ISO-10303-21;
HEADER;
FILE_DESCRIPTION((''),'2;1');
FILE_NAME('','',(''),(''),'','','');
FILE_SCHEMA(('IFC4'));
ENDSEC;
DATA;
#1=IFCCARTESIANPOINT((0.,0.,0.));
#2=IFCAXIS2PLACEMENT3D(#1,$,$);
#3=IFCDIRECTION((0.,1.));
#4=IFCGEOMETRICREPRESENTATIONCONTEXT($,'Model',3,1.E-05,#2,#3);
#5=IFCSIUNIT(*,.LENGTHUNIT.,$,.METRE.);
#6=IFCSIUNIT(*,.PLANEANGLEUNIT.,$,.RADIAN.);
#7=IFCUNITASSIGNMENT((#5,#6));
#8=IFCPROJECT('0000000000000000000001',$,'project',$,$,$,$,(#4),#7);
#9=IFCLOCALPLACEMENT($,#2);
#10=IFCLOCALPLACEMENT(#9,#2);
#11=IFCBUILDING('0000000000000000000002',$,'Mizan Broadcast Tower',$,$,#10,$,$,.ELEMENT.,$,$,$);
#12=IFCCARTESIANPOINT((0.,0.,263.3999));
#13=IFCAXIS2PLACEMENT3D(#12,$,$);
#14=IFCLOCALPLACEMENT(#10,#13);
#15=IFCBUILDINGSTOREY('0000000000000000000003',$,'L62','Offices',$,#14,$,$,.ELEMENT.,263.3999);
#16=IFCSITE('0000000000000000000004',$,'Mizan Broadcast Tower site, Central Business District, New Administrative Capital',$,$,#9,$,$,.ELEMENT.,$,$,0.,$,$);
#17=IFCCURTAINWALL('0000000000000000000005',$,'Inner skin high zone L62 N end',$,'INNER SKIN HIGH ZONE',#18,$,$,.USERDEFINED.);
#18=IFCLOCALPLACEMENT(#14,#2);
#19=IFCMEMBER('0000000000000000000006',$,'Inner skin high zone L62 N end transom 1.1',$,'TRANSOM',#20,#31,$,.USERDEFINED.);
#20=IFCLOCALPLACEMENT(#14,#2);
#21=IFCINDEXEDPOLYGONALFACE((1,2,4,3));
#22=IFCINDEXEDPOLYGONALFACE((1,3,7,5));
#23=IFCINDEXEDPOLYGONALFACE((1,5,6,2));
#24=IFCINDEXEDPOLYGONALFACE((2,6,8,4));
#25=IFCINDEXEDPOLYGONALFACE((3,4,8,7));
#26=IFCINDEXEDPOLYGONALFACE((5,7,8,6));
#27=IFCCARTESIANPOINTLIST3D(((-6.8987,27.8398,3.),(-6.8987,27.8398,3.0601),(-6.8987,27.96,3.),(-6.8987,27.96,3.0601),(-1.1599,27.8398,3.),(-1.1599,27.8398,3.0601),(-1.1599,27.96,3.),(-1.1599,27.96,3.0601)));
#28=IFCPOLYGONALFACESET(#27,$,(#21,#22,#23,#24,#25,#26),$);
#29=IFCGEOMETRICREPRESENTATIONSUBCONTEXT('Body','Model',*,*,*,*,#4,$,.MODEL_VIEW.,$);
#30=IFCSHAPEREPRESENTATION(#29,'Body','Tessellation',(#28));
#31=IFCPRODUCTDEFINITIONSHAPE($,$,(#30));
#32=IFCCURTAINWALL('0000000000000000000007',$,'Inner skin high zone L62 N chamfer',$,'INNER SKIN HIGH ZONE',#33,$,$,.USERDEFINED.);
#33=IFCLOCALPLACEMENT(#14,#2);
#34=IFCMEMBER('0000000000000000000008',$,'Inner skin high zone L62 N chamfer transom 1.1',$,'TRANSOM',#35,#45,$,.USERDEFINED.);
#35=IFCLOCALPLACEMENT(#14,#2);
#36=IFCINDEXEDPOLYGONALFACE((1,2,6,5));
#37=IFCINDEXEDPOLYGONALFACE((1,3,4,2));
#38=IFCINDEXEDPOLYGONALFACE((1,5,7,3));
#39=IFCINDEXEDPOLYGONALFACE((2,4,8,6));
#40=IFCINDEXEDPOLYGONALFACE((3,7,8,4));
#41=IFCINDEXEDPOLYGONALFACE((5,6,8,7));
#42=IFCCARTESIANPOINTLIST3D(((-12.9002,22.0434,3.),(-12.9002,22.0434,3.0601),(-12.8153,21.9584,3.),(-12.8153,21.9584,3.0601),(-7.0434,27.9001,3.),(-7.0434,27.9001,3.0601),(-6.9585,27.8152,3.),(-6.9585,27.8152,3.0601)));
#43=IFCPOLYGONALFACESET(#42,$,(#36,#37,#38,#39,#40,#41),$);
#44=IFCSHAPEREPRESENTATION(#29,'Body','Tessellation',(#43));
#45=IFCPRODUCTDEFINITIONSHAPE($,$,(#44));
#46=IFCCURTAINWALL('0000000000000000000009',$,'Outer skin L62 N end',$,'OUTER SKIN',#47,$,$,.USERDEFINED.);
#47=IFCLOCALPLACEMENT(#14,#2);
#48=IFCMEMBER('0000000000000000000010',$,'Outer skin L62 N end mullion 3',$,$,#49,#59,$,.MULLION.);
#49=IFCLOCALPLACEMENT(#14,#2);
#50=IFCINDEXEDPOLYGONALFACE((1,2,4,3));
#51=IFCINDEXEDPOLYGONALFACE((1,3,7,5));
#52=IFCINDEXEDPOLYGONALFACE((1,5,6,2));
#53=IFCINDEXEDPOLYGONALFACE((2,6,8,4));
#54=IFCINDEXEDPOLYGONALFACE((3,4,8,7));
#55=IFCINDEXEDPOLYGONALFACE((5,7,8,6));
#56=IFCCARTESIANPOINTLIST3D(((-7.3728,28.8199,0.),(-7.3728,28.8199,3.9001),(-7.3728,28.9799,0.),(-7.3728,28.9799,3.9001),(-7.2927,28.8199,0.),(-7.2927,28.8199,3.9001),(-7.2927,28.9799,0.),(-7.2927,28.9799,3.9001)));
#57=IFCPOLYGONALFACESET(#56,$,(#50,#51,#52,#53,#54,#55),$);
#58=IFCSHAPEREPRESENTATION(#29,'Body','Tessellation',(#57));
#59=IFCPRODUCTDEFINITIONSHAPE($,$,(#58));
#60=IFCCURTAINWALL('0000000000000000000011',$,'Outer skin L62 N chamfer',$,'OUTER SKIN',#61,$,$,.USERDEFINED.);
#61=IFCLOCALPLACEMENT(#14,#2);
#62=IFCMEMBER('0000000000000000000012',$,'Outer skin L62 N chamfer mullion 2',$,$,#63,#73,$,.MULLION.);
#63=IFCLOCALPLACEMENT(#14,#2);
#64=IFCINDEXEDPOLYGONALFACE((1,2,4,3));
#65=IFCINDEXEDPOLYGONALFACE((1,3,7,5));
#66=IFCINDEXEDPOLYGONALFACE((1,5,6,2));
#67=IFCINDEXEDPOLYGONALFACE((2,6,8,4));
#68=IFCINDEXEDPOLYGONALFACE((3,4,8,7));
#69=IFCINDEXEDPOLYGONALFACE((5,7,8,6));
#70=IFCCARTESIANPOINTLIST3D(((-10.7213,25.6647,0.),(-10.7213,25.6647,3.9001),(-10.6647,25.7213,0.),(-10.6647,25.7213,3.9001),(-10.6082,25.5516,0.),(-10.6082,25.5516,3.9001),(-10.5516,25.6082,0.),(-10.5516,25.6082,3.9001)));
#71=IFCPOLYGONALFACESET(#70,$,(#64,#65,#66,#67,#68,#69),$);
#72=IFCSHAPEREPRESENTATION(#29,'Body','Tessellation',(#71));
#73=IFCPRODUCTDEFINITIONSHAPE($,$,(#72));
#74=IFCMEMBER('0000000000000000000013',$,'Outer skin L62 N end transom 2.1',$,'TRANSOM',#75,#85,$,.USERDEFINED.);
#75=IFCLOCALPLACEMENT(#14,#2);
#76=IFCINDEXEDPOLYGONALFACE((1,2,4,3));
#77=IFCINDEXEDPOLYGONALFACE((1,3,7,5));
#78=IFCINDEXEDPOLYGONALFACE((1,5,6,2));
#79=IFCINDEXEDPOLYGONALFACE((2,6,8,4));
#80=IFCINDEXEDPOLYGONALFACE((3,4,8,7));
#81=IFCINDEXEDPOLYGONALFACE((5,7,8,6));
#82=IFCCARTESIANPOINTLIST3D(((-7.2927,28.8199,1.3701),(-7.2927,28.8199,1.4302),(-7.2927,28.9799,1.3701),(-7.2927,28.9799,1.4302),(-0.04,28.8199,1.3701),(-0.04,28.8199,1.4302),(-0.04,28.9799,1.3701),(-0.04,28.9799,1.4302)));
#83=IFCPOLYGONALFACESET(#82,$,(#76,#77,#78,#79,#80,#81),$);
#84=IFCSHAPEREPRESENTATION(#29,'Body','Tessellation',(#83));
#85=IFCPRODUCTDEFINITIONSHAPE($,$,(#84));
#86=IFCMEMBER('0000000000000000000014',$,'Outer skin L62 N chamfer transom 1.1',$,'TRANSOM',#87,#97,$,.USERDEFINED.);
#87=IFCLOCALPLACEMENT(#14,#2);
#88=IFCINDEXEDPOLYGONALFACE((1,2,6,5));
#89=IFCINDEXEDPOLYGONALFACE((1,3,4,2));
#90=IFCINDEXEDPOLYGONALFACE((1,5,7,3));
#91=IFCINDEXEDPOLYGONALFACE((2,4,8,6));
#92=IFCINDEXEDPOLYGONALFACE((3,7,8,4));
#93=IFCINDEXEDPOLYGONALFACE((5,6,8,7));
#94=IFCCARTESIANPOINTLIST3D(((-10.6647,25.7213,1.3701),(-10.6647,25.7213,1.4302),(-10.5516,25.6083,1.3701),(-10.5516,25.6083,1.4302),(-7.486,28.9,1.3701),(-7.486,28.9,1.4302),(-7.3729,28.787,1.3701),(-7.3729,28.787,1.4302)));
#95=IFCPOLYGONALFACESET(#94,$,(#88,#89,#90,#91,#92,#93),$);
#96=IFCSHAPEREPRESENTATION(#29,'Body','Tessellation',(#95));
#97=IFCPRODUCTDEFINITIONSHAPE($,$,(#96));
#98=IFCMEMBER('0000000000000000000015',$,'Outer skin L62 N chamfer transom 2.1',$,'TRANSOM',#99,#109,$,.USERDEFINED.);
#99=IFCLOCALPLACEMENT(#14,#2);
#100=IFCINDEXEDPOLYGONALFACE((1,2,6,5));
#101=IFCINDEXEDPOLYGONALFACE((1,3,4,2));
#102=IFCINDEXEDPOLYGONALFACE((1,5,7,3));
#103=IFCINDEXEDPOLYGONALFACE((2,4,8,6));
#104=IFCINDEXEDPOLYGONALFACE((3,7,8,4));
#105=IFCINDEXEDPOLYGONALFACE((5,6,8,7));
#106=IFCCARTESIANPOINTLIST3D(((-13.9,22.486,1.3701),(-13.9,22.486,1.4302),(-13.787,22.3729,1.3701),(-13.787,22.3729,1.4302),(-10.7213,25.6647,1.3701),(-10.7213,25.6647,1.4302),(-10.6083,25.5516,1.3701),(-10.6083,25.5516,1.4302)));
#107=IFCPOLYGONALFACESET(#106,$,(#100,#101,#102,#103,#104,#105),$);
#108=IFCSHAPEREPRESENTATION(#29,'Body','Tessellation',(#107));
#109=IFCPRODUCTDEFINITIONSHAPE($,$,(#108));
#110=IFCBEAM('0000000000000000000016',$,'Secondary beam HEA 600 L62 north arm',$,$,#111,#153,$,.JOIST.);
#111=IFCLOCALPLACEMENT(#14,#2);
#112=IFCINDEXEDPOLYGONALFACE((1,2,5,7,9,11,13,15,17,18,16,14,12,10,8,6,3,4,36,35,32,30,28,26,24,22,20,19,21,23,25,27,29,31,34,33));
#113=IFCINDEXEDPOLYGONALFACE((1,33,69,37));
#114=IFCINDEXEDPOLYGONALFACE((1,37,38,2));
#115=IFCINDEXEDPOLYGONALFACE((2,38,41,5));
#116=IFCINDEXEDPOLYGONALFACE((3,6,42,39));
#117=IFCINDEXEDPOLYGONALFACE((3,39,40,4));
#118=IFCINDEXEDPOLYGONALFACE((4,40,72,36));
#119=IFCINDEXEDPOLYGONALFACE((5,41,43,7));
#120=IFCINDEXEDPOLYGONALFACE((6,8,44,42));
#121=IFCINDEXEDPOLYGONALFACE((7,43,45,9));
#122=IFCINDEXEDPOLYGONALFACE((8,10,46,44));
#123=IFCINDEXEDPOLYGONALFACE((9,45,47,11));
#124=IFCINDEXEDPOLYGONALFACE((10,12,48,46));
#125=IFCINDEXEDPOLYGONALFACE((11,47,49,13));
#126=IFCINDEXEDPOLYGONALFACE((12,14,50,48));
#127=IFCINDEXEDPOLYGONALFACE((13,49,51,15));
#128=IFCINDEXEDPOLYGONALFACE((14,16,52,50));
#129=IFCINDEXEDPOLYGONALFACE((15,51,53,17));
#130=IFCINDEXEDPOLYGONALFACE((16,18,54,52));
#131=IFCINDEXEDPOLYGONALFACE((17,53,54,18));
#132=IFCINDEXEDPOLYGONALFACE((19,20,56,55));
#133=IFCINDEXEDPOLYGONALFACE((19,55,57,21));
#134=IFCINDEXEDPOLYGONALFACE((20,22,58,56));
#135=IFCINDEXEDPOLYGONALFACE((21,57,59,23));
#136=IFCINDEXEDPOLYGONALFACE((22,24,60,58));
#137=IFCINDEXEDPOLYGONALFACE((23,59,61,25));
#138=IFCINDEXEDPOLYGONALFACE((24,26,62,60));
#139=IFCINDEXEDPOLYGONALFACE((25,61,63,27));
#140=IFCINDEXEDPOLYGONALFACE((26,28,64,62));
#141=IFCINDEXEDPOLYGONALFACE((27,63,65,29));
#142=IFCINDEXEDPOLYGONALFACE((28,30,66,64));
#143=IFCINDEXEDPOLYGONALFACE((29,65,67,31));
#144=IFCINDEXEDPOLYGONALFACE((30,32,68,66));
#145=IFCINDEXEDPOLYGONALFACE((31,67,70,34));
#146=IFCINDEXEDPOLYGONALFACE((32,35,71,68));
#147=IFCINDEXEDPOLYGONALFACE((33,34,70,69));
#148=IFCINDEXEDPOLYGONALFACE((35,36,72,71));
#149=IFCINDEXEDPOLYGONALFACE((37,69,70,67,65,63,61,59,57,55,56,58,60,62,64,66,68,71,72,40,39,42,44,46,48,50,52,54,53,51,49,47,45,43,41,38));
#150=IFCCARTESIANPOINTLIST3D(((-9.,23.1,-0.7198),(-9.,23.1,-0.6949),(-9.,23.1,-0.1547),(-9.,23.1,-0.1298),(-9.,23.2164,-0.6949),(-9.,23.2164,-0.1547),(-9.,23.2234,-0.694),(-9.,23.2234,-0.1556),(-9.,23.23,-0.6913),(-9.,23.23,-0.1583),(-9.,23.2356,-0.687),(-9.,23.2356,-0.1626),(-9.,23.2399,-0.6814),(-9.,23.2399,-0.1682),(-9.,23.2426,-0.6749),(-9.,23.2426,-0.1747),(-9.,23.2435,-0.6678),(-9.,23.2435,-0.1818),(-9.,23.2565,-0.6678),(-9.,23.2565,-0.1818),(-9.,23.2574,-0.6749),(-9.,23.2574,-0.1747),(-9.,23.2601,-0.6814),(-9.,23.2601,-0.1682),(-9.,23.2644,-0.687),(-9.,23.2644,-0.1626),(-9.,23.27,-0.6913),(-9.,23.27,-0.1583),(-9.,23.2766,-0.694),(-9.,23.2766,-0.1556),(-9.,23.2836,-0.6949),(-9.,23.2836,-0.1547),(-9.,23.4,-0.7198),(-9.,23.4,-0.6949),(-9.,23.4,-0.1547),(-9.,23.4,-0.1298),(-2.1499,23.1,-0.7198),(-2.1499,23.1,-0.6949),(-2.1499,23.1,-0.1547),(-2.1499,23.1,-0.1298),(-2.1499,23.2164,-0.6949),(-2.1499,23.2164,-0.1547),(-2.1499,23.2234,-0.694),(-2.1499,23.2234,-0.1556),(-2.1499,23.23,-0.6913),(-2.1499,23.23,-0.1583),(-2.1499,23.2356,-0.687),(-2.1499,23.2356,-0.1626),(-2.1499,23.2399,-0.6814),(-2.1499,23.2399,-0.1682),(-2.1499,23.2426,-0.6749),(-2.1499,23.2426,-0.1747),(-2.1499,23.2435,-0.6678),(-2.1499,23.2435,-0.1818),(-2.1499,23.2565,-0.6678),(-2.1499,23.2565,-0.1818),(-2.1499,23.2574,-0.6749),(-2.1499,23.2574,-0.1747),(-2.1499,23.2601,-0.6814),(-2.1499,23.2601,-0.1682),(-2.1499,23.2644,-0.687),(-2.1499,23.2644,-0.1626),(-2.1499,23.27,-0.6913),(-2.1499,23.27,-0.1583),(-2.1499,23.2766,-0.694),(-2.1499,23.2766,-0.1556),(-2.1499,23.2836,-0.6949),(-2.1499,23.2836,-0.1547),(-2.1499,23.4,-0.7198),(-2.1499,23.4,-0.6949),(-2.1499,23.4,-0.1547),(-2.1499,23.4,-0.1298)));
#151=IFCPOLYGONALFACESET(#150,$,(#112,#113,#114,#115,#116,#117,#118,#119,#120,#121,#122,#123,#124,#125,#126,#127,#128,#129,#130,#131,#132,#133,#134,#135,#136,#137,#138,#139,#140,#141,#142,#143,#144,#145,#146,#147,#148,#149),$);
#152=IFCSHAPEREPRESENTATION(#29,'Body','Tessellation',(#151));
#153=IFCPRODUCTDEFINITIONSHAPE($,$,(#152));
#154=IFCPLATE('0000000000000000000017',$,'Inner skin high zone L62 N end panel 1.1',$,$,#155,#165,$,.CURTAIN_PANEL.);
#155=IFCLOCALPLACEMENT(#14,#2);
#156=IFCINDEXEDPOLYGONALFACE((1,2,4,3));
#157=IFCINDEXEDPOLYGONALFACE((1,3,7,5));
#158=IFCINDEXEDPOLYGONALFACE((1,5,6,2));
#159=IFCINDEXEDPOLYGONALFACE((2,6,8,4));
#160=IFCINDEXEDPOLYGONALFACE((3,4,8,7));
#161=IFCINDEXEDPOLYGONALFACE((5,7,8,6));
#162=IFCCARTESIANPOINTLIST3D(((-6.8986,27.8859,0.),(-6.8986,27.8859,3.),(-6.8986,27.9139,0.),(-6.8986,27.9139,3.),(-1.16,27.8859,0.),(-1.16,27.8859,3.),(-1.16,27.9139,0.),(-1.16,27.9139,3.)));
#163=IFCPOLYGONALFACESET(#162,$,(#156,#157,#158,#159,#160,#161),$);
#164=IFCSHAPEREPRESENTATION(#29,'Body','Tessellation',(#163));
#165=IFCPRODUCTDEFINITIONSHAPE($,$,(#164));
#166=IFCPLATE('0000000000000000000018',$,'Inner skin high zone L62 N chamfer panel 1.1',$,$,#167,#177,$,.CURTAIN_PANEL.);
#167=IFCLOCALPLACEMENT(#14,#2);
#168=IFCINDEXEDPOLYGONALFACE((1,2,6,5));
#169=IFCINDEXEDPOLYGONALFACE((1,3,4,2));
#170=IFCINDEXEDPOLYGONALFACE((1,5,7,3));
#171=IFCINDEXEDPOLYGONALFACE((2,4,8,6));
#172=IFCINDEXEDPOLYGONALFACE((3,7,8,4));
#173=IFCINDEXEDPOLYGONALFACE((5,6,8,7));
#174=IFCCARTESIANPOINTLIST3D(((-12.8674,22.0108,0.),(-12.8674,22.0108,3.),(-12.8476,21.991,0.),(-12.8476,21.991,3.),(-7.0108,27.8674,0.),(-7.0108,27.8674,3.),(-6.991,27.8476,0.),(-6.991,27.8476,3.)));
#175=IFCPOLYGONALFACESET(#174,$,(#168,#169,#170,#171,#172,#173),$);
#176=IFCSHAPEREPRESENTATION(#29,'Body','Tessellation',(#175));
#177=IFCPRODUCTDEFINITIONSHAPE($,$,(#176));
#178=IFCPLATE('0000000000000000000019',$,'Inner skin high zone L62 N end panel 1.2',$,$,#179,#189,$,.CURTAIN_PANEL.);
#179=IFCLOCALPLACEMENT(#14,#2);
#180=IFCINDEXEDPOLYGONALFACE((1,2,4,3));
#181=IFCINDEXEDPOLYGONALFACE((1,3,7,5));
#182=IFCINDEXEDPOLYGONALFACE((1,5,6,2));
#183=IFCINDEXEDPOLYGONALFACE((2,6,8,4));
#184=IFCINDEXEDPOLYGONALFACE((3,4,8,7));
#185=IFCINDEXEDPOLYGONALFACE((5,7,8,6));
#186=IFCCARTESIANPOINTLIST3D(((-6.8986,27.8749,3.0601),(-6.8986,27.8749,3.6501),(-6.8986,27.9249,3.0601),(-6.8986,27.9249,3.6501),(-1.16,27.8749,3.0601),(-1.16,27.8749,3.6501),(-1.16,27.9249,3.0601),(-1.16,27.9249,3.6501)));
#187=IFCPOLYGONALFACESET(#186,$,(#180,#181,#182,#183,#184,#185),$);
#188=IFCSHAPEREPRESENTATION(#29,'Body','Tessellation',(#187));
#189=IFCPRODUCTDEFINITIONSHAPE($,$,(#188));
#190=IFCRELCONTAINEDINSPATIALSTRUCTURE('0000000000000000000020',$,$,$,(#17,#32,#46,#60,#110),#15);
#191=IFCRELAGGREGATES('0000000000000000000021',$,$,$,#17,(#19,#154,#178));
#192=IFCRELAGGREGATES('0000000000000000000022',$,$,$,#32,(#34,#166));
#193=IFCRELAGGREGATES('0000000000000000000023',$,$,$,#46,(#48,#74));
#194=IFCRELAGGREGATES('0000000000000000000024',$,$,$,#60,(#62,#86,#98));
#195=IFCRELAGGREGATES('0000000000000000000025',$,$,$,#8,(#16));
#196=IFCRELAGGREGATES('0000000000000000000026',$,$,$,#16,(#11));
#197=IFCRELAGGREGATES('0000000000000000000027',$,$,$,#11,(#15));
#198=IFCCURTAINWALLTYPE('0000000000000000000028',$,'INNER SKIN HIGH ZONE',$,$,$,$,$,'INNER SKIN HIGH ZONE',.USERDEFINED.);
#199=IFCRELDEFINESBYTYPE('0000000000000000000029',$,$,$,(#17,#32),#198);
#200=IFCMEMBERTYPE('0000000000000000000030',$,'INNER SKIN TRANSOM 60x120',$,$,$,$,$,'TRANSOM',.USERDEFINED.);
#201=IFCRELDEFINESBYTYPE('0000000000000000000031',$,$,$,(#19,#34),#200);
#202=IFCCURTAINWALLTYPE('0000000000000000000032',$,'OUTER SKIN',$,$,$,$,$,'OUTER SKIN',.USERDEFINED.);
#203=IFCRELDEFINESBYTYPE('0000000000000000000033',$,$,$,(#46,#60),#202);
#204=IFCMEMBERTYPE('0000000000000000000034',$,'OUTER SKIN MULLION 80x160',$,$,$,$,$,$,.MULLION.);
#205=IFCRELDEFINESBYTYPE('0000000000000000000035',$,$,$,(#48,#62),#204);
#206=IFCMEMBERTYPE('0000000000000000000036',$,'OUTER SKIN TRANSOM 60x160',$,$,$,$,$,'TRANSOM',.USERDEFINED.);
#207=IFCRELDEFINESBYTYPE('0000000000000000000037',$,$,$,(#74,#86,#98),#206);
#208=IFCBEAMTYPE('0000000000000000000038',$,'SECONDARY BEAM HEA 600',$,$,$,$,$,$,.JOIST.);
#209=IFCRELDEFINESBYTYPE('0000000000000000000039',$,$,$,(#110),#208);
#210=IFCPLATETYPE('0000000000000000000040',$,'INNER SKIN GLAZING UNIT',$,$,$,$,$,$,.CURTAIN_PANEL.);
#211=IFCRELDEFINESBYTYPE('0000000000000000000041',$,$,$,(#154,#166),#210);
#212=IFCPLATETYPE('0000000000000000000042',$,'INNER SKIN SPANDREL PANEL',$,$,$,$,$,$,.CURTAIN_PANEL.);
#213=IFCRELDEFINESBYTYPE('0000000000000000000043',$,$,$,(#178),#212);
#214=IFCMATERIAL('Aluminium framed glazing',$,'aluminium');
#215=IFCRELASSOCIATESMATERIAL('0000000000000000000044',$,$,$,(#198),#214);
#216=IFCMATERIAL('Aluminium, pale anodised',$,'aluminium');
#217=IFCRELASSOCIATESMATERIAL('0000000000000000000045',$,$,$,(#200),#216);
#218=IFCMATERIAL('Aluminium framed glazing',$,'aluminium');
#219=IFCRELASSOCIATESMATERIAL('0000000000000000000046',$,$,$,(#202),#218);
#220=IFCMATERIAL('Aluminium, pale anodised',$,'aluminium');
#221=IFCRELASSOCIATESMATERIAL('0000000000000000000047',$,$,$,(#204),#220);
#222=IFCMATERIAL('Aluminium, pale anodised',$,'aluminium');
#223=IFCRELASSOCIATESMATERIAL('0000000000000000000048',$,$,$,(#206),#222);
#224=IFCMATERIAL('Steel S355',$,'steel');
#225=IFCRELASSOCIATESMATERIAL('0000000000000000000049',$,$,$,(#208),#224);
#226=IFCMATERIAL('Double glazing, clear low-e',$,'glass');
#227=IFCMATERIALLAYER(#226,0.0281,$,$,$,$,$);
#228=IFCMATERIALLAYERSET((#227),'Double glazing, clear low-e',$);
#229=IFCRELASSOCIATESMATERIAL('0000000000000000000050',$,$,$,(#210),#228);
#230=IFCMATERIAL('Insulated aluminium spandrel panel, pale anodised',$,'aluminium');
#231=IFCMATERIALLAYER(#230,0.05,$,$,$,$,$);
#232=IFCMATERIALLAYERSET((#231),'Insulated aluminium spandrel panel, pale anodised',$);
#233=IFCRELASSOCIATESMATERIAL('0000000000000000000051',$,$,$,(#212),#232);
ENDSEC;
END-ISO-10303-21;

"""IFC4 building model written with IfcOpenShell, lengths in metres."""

from ifc_helpers import new_model, si_unit, direction, frame, origin, origin_2d, place, context, subcontext, project, spatial, rectangle, i_section, extrude, material, layer, layer_set, material_profile, profile_set, type_object, element, aggregate, save


model = new_model("IFC4")

# Units and contexts
model_context = context("Model", 3, precision=1e-05, world=origin(), true_north=direction((0.0, 1.0)))
body_context = subcontext(model_context, "Body", "Model", "MODEL_VIEW")
ifc_project = project(units=[si_unit("LENGTHUNIT", "METRE"), si_unit("PLANEANGLEUNIT", "RADIAN")], contexts=[model_context])

# Site, building, storey
site_placement = place(None, origin())
site = spatial("IfcSite", under=ifc_project, at=site_placement, Name="Mizan Broadcast Tower site, Central Business District, New Administrative Capital", CompositionType="ELEMENT", RefElevation=0.0)
building_placement = place(site_placement, origin())
building = spatial("IfcBuilding", under=site, at=building_placement, Name="Mizan Broadcast Tower", CompositionType="ELEMENT")
storey_placement = place(building_placement, frame((0.0, 0.0, 263.3999)))
storey = spatial("IfcBuildingStorey", under=building, at=storey_placement, Name="L62", Description="Offices", CompositionType="ELEMENT", Elevation=263.3999)

# Curtain wall, member
ifc_material_1 = material(Name="Aluminium framed glazing", Category="aluminium")
curtain_wall_type_1 = type_object("IfcCurtainWallType", Name="INNER SKIN HIGH ZONE", ElementType="INNER SKIN HIGH ZONE", PredefinedType="USERDEFINED", material=ifc_material_1)
curtain_wall_1_placement = place(storey_placement, origin())
curtain_wall_1 = element("IfcCurtainWall", 1, at=curtain_wall_1_placement, inside=storey, type_object=curtain_wall_type_1, Name="Inner skin high zone L62 N end", ObjectType="INNER SKIN HIGH ZONE", PredefinedType="USERDEFINED")
ifc_material_2 = material(Name="Aluminium, pale anodised", Category="aluminium")
ifc_material_profile_1 = material_profile(ifc_material_2, rectangle(XDim=0.1201, YDim=0.0601, at=origin_2d()), Name="TRANSOM 120x60")
ifc_profile_set_1 = profile_set([ifc_material_profile_1], Name="Aluminium, pale anodised")
member_type_1 = type_object("IfcMemberType", Name="INNER SKIN TRANSOM 60x120", ElementType="TRANSOM", PredefinedType="USERDEFINED", material=ifc_profile_set_1)
member_1_placement = place(storey_placement, frame((-1.1599, 27.8999, 3.03), z_axis=(-1.0, 0.0, 0.0), x_axis=(0.0, -1.0, 0.0)))
member_1 = element("IfcMember", 2, at=member_1_placement, type_object=member_type_1, Name="Inner skin high zone L62 N end transom 1.1", ObjectType="TRANSOM", PredefinedType="USERDEFINED", context=body_context, shape_type="SweptSolid", body=[
    extrude(rectangle(XDim=0.1201, YDim=0.0601, at=origin_2d()), origin(), (0.0, 0.0, 1.0), 5.7388),
])

# Curtain walls, members
curtain_wall_2_placement = place(storey_placement, origin())
curtain_wall_2 = element("IfcCurtainWall", 3, at=curtain_wall_2_placement, inside=storey, type_object=curtain_wall_type_1, Name="Inner skin high zone L62 N chamfer", ObjectType="INNER SKIN HIGH ZONE", PredefinedType="USERDEFINED")
member_2_placement = place(storey_placement, frame((-7.001, 27.8577, 3.03), z_axis=(-0.707107, -0.707107, 0.0), x_axis=(0.707107, -0.707107, 0.0)))
member_2 = element("IfcMember", 4, at=member_2_placement, type_object=member_type_1, Name="Inner skin high zone L62 N chamfer transom 1.1", ObjectType="TRANSOM", PredefinedType="USERDEFINED", context=body_context, shape_type="SweptSolid", body=[
    extrude(rectangle(XDim=0.1201, YDim=0.0601, at=origin_2d()), origin(), (0.0, 0.0, 1.0), 8.2827),
])
ifc_material_3 = material(Name="Aluminium framed glazing", Category="aluminium")
curtain_wall_type_2 = type_object("IfcCurtainWallType", Name="OUTER SKIN", ElementType="OUTER SKIN", PredefinedType="USERDEFINED", material=ifc_material_3)
curtain_wall_3_placement = place(storey_placement, origin())
curtain_wall_3 = element("IfcCurtainWall", 5, at=curtain_wall_3_placement, inside=storey, type_object=curtain_wall_type_2, Name="Outer skin L62 N end", ObjectType="OUTER SKIN", PredefinedType="USERDEFINED")
ifc_material_4 = material(Name="Aluminium, pale anodised", Category="aluminium")
ifc_material_profile_2 = material_profile(ifc_material_4, rectangle(XDim=0.1599, YDim=0.0801, at=origin_2d()), Name="MULLION 160x80")
ifc_profile_set_2 = profile_set([ifc_material_profile_2], Name="Aluminium, pale anodised")
member_type_2 = type_object("IfcMemberType", Name="OUTER SKIN MULLION 80x160", PredefinedType="MULLION", material=ifc_profile_set_2)
member_3_placement = place(storey_placement, frame((-7.3328, 28.8999, 0.0), z_axis=(0.0, 0.0, 1.0), x_axis=(0.0, -1.0, 0.0)))
member_3 = element("IfcMember", 6, at=member_3_placement, type_object=member_type_2, Name="Outer skin L62 N end mullion 3", PredefinedType="MULLION", context=body_context, shape_type="SweptSolid", body=[
    extrude(rectangle(XDim=0.1599, YDim=0.0801, at=origin_2d()), origin(), (0.0, 0.0, 1.0), 3.9001),
])
curtain_wall_4_placement = place(storey_placement, origin())
curtain_wall_4 = element("IfcCurtainWall", 7, at=curtain_wall_4_placement, inside=storey, type_object=curtain_wall_type_2, Name="Outer skin L62 N chamfer", ObjectType="OUTER SKIN", PredefinedType="USERDEFINED")
member_4_placement = place(storey_placement, frame((-10.6365, 25.6365, 0.0), z_axis=(0.0, 0.0, 1.0), x_axis=(0.707107, -0.707107, 0.0)))
member_4 = element("IfcMember", 8, at=member_4_placement, type_object=member_type_2, Name="Outer skin L62 N chamfer mullion 2", PredefinedType="MULLION", context=body_context, shape_type="SweptSolid", body=[
    extrude(rectangle(XDim=0.1599, YDim=0.0801, at=origin_2d()), origin(), (0.0, 0.0, 1.0), 3.9001),
])

# Members
ifc_material_5 = material(Name="Aluminium, pale anodised", Category="aluminium")
ifc_material_profile_3 = material_profile(ifc_material_5, rectangle(XDim=0.1599, YDim=0.0601, at=origin_2d()), Name="TRANSOM 160x60")
ifc_profile_set_3 = profile_set([ifc_material_profile_3], Name="Aluminium, pale anodised")
member_type_3 = type_object("IfcMemberType", Name="OUTER SKIN TRANSOM 60x160", ElementType="TRANSOM", PredefinedType="USERDEFINED", material=ifc_profile_set_3)
member_5_placement = place(storey_placement, frame((-0.04, 28.8999, 1.4001), z_axis=(-1.0, 0.0, 0.0), x_axis=(0.0, -1.0, 0.0)))
member_5 = element("IfcMember", 9, at=member_5_placement, type_object=member_type_3, Name="Outer skin L62 N end transom 2.1", ObjectType="TRANSOM", PredefinedType="USERDEFINED", context=body_context, shape_type="SweptSolid", body=[
    extrude(rectangle(XDim=0.1599, YDim=0.0601, at=origin_2d()), origin(), (0.0, 0.0, 1.0), 7.2527),
])
member_6_placement = place(storey_placement, frame((-7.4294, 28.8435, 1.4001), z_axis=(-0.707107, -0.707107, 0.0), x_axis=(0.707107, -0.707107, 0.0)))
member_6 = element("IfcMember", 10, at=member_6_placement, type_object=member_type_3, Name="Outer skin L62 N chamfer transom 1.1", ObjectType="TRANSOM", PredefinedType="USERDEFINED", context=body_context, shape_type="SweptSolid", body=[
    extrude(rectangle(XDim=0.1599, YDim=0.0601, at=origin_2d()), origin(), (0.0, 0.0, 1.0), 4.4954),
])
member_7_placement = place(storey_placement, frame((-10.6648, 25.6082, 1.4001), z_axis=(-0.707107, -0.707107, 0.0), x_axis=(0.707107, -0.707107, 0.0)))
member_7 = element("IfcMember", 11, at=member_7_placement, type_object=member_type_3, Name="Outer skin L62 N chamfer transom 2.1", ObjectType="TRANSOM", PredefinedType="USERDEFINED", context=body_context, shape_type="SweptSolid", body=[
    extrude(rectangle(XDim=0.1599, YDim=0.0601, at=origin_2d()), origin(), (0.0, 0.0, 1.0), 4.4954),
])

# Beam
ifc_material_6 = material(Name="Steel S355", Category="steel")
ifc_material_profile_4 = material_profile(ifc_material_6, i_section(OverallWidth=0.3, OverallDepth=0.5901, WebThickness=0.0129, FlangeThickness=0.0249, FilletRadius=0.0271, at=origin_2d()), Name="HEA 600")
ifc_profile_set_4 = profile_set([ifc_material_profile_4], Name="Steel S355")
beam_type_1 = type_object("IfcBeamType", Name="SECONDARY BEAM HEA 600", PredefinedType="JOIST", material=ifc_profile_set_4)
beam_1_placement = place(storey_placement, frame((-9.0, 23.25, -0.4248), z_axis=(1.0, 0.0, 0.0), x_axis=(0.0, 1.0, 0.0)))
element("IfcBeam", 12, at=beam_1_placement, inside=storey, type_object=beam_type_1, Name="Secondary beam HEA 600 L62 north arm", PredefinedType="JOIST", context=body_context, shape_type="SweptSolid", body=[
    extrude(i_section(OverallWidth=0.3, OverallDepth=0.5901, WebThickness=0.0129, FlangeThickness=0.0249, FilletRadius=0.0271, at=origin_2d()), origin(), (0.0, 0.0, 1.0), 6.8501),
])

# Plates
ifc_material_7 = material(Name="Double glazing, clear low-e", Category="glass")
ifc_layer_1 = layer(ifc_material_7, 0.0281)
ifc_layer_set_1 = layer_set([ifc_layer_1], Name="Double glazing, clear low-e")
plate_type_1 = type_object("IfcPlateType", Name="INNER SKIN GLAZING UNIT", PredefinedType="CURTAIN_PANEL", material=ifc_layer_set_1)
plate_1_placement = place(storey_placement, frame((-4.0293, 27.8999, 0.0), z_axis=(0.0, 0.0, 1.0), x_axis=(-1.0, 0.0, 0.0)))
plate_1 = element("IfcPlate", 13, at=plate_1_placement, type_object=plate_type_1, Name="Inner skin high zone L62 N end panel 1.1", PredefinedType="CURTAIN_PANEL", context=body_context, shape_type="SweptSolid", body=[
    extrude(rectangle(XDim=5.7385, YDim=0.0281, at=origin_2d()), origin(), (0.0, 0.0, 1.0), 3.0),
])
plate_2_placement = place(storey_placement, frame((-9.9292, 24.9292, 0.0), z_axis=(0.0, 0.0, 1.0), x_axis=(-0.707107, -0.707107, 0.0)))
plate_2 = element("IfcPlate", 14, at=plate_2_placement, type_object=plate_type_1, Name="Inner skin high zone L62 N chamfer panel 1.1", PredefinedType="CURTAIN_PANEL", context=body_context, shape_type="SweptSolid", body=[
    extrude(rectangle(XDim=8.2825, YDim=0.0281, at=origin_2d()), origin(), (0.0, 0.0, 1.0), 3.0),
])
ifc_material_8 = material(Name="Insulated aluminium spandrel panel, pale anodised", Category="aluminium")
ifc_layer_2 = layer(ifc_material_8, 0.05)
ifc_layer_set_2 = layer_set([ifc_layer_2], Name="Insulated aluminium spandrel panel, pale anodised")
plate_type_2 = type_object("IfcPlateType", Name="INNER SKIN SPANDREL PANEL", PredefinedType="CURTAIN_PANEL", material=ifc_layer_set_2)
plate_3_placement = place(storey_placement, frame((-4.0293, 27.8999, 3.0601), z_axis=(0.0, 0.0, 1.0), x_axis=(-1.0, 0.0, 0.0)))
plate_3 = element("IfcPlate", 15, at=plate_3_placement, type_object=plate_type_2, Name="Inner skin high zone L62 N end panel 1.2", PredefinedType="CURTAIN_PANEL", context=body_context, shape_type="SweptSolid", body=[
    extrude(rectangle(XDim=5.7385, YDim=0.05, at=origin_2d()), origin(), (0.0, 0.0, 1.0), 0.5901),
])
aggregate(curtain_wall_1, [member_1, plate_1, plate_3])
aggregate(curtain_wall_2, [member_2, plate_2])
aggregate(curtain_wall_3, [member_3, member_5])
aggregate(curtain_wall_4, [member_4, member_6, member_7])

save(model, "model.ifc")
